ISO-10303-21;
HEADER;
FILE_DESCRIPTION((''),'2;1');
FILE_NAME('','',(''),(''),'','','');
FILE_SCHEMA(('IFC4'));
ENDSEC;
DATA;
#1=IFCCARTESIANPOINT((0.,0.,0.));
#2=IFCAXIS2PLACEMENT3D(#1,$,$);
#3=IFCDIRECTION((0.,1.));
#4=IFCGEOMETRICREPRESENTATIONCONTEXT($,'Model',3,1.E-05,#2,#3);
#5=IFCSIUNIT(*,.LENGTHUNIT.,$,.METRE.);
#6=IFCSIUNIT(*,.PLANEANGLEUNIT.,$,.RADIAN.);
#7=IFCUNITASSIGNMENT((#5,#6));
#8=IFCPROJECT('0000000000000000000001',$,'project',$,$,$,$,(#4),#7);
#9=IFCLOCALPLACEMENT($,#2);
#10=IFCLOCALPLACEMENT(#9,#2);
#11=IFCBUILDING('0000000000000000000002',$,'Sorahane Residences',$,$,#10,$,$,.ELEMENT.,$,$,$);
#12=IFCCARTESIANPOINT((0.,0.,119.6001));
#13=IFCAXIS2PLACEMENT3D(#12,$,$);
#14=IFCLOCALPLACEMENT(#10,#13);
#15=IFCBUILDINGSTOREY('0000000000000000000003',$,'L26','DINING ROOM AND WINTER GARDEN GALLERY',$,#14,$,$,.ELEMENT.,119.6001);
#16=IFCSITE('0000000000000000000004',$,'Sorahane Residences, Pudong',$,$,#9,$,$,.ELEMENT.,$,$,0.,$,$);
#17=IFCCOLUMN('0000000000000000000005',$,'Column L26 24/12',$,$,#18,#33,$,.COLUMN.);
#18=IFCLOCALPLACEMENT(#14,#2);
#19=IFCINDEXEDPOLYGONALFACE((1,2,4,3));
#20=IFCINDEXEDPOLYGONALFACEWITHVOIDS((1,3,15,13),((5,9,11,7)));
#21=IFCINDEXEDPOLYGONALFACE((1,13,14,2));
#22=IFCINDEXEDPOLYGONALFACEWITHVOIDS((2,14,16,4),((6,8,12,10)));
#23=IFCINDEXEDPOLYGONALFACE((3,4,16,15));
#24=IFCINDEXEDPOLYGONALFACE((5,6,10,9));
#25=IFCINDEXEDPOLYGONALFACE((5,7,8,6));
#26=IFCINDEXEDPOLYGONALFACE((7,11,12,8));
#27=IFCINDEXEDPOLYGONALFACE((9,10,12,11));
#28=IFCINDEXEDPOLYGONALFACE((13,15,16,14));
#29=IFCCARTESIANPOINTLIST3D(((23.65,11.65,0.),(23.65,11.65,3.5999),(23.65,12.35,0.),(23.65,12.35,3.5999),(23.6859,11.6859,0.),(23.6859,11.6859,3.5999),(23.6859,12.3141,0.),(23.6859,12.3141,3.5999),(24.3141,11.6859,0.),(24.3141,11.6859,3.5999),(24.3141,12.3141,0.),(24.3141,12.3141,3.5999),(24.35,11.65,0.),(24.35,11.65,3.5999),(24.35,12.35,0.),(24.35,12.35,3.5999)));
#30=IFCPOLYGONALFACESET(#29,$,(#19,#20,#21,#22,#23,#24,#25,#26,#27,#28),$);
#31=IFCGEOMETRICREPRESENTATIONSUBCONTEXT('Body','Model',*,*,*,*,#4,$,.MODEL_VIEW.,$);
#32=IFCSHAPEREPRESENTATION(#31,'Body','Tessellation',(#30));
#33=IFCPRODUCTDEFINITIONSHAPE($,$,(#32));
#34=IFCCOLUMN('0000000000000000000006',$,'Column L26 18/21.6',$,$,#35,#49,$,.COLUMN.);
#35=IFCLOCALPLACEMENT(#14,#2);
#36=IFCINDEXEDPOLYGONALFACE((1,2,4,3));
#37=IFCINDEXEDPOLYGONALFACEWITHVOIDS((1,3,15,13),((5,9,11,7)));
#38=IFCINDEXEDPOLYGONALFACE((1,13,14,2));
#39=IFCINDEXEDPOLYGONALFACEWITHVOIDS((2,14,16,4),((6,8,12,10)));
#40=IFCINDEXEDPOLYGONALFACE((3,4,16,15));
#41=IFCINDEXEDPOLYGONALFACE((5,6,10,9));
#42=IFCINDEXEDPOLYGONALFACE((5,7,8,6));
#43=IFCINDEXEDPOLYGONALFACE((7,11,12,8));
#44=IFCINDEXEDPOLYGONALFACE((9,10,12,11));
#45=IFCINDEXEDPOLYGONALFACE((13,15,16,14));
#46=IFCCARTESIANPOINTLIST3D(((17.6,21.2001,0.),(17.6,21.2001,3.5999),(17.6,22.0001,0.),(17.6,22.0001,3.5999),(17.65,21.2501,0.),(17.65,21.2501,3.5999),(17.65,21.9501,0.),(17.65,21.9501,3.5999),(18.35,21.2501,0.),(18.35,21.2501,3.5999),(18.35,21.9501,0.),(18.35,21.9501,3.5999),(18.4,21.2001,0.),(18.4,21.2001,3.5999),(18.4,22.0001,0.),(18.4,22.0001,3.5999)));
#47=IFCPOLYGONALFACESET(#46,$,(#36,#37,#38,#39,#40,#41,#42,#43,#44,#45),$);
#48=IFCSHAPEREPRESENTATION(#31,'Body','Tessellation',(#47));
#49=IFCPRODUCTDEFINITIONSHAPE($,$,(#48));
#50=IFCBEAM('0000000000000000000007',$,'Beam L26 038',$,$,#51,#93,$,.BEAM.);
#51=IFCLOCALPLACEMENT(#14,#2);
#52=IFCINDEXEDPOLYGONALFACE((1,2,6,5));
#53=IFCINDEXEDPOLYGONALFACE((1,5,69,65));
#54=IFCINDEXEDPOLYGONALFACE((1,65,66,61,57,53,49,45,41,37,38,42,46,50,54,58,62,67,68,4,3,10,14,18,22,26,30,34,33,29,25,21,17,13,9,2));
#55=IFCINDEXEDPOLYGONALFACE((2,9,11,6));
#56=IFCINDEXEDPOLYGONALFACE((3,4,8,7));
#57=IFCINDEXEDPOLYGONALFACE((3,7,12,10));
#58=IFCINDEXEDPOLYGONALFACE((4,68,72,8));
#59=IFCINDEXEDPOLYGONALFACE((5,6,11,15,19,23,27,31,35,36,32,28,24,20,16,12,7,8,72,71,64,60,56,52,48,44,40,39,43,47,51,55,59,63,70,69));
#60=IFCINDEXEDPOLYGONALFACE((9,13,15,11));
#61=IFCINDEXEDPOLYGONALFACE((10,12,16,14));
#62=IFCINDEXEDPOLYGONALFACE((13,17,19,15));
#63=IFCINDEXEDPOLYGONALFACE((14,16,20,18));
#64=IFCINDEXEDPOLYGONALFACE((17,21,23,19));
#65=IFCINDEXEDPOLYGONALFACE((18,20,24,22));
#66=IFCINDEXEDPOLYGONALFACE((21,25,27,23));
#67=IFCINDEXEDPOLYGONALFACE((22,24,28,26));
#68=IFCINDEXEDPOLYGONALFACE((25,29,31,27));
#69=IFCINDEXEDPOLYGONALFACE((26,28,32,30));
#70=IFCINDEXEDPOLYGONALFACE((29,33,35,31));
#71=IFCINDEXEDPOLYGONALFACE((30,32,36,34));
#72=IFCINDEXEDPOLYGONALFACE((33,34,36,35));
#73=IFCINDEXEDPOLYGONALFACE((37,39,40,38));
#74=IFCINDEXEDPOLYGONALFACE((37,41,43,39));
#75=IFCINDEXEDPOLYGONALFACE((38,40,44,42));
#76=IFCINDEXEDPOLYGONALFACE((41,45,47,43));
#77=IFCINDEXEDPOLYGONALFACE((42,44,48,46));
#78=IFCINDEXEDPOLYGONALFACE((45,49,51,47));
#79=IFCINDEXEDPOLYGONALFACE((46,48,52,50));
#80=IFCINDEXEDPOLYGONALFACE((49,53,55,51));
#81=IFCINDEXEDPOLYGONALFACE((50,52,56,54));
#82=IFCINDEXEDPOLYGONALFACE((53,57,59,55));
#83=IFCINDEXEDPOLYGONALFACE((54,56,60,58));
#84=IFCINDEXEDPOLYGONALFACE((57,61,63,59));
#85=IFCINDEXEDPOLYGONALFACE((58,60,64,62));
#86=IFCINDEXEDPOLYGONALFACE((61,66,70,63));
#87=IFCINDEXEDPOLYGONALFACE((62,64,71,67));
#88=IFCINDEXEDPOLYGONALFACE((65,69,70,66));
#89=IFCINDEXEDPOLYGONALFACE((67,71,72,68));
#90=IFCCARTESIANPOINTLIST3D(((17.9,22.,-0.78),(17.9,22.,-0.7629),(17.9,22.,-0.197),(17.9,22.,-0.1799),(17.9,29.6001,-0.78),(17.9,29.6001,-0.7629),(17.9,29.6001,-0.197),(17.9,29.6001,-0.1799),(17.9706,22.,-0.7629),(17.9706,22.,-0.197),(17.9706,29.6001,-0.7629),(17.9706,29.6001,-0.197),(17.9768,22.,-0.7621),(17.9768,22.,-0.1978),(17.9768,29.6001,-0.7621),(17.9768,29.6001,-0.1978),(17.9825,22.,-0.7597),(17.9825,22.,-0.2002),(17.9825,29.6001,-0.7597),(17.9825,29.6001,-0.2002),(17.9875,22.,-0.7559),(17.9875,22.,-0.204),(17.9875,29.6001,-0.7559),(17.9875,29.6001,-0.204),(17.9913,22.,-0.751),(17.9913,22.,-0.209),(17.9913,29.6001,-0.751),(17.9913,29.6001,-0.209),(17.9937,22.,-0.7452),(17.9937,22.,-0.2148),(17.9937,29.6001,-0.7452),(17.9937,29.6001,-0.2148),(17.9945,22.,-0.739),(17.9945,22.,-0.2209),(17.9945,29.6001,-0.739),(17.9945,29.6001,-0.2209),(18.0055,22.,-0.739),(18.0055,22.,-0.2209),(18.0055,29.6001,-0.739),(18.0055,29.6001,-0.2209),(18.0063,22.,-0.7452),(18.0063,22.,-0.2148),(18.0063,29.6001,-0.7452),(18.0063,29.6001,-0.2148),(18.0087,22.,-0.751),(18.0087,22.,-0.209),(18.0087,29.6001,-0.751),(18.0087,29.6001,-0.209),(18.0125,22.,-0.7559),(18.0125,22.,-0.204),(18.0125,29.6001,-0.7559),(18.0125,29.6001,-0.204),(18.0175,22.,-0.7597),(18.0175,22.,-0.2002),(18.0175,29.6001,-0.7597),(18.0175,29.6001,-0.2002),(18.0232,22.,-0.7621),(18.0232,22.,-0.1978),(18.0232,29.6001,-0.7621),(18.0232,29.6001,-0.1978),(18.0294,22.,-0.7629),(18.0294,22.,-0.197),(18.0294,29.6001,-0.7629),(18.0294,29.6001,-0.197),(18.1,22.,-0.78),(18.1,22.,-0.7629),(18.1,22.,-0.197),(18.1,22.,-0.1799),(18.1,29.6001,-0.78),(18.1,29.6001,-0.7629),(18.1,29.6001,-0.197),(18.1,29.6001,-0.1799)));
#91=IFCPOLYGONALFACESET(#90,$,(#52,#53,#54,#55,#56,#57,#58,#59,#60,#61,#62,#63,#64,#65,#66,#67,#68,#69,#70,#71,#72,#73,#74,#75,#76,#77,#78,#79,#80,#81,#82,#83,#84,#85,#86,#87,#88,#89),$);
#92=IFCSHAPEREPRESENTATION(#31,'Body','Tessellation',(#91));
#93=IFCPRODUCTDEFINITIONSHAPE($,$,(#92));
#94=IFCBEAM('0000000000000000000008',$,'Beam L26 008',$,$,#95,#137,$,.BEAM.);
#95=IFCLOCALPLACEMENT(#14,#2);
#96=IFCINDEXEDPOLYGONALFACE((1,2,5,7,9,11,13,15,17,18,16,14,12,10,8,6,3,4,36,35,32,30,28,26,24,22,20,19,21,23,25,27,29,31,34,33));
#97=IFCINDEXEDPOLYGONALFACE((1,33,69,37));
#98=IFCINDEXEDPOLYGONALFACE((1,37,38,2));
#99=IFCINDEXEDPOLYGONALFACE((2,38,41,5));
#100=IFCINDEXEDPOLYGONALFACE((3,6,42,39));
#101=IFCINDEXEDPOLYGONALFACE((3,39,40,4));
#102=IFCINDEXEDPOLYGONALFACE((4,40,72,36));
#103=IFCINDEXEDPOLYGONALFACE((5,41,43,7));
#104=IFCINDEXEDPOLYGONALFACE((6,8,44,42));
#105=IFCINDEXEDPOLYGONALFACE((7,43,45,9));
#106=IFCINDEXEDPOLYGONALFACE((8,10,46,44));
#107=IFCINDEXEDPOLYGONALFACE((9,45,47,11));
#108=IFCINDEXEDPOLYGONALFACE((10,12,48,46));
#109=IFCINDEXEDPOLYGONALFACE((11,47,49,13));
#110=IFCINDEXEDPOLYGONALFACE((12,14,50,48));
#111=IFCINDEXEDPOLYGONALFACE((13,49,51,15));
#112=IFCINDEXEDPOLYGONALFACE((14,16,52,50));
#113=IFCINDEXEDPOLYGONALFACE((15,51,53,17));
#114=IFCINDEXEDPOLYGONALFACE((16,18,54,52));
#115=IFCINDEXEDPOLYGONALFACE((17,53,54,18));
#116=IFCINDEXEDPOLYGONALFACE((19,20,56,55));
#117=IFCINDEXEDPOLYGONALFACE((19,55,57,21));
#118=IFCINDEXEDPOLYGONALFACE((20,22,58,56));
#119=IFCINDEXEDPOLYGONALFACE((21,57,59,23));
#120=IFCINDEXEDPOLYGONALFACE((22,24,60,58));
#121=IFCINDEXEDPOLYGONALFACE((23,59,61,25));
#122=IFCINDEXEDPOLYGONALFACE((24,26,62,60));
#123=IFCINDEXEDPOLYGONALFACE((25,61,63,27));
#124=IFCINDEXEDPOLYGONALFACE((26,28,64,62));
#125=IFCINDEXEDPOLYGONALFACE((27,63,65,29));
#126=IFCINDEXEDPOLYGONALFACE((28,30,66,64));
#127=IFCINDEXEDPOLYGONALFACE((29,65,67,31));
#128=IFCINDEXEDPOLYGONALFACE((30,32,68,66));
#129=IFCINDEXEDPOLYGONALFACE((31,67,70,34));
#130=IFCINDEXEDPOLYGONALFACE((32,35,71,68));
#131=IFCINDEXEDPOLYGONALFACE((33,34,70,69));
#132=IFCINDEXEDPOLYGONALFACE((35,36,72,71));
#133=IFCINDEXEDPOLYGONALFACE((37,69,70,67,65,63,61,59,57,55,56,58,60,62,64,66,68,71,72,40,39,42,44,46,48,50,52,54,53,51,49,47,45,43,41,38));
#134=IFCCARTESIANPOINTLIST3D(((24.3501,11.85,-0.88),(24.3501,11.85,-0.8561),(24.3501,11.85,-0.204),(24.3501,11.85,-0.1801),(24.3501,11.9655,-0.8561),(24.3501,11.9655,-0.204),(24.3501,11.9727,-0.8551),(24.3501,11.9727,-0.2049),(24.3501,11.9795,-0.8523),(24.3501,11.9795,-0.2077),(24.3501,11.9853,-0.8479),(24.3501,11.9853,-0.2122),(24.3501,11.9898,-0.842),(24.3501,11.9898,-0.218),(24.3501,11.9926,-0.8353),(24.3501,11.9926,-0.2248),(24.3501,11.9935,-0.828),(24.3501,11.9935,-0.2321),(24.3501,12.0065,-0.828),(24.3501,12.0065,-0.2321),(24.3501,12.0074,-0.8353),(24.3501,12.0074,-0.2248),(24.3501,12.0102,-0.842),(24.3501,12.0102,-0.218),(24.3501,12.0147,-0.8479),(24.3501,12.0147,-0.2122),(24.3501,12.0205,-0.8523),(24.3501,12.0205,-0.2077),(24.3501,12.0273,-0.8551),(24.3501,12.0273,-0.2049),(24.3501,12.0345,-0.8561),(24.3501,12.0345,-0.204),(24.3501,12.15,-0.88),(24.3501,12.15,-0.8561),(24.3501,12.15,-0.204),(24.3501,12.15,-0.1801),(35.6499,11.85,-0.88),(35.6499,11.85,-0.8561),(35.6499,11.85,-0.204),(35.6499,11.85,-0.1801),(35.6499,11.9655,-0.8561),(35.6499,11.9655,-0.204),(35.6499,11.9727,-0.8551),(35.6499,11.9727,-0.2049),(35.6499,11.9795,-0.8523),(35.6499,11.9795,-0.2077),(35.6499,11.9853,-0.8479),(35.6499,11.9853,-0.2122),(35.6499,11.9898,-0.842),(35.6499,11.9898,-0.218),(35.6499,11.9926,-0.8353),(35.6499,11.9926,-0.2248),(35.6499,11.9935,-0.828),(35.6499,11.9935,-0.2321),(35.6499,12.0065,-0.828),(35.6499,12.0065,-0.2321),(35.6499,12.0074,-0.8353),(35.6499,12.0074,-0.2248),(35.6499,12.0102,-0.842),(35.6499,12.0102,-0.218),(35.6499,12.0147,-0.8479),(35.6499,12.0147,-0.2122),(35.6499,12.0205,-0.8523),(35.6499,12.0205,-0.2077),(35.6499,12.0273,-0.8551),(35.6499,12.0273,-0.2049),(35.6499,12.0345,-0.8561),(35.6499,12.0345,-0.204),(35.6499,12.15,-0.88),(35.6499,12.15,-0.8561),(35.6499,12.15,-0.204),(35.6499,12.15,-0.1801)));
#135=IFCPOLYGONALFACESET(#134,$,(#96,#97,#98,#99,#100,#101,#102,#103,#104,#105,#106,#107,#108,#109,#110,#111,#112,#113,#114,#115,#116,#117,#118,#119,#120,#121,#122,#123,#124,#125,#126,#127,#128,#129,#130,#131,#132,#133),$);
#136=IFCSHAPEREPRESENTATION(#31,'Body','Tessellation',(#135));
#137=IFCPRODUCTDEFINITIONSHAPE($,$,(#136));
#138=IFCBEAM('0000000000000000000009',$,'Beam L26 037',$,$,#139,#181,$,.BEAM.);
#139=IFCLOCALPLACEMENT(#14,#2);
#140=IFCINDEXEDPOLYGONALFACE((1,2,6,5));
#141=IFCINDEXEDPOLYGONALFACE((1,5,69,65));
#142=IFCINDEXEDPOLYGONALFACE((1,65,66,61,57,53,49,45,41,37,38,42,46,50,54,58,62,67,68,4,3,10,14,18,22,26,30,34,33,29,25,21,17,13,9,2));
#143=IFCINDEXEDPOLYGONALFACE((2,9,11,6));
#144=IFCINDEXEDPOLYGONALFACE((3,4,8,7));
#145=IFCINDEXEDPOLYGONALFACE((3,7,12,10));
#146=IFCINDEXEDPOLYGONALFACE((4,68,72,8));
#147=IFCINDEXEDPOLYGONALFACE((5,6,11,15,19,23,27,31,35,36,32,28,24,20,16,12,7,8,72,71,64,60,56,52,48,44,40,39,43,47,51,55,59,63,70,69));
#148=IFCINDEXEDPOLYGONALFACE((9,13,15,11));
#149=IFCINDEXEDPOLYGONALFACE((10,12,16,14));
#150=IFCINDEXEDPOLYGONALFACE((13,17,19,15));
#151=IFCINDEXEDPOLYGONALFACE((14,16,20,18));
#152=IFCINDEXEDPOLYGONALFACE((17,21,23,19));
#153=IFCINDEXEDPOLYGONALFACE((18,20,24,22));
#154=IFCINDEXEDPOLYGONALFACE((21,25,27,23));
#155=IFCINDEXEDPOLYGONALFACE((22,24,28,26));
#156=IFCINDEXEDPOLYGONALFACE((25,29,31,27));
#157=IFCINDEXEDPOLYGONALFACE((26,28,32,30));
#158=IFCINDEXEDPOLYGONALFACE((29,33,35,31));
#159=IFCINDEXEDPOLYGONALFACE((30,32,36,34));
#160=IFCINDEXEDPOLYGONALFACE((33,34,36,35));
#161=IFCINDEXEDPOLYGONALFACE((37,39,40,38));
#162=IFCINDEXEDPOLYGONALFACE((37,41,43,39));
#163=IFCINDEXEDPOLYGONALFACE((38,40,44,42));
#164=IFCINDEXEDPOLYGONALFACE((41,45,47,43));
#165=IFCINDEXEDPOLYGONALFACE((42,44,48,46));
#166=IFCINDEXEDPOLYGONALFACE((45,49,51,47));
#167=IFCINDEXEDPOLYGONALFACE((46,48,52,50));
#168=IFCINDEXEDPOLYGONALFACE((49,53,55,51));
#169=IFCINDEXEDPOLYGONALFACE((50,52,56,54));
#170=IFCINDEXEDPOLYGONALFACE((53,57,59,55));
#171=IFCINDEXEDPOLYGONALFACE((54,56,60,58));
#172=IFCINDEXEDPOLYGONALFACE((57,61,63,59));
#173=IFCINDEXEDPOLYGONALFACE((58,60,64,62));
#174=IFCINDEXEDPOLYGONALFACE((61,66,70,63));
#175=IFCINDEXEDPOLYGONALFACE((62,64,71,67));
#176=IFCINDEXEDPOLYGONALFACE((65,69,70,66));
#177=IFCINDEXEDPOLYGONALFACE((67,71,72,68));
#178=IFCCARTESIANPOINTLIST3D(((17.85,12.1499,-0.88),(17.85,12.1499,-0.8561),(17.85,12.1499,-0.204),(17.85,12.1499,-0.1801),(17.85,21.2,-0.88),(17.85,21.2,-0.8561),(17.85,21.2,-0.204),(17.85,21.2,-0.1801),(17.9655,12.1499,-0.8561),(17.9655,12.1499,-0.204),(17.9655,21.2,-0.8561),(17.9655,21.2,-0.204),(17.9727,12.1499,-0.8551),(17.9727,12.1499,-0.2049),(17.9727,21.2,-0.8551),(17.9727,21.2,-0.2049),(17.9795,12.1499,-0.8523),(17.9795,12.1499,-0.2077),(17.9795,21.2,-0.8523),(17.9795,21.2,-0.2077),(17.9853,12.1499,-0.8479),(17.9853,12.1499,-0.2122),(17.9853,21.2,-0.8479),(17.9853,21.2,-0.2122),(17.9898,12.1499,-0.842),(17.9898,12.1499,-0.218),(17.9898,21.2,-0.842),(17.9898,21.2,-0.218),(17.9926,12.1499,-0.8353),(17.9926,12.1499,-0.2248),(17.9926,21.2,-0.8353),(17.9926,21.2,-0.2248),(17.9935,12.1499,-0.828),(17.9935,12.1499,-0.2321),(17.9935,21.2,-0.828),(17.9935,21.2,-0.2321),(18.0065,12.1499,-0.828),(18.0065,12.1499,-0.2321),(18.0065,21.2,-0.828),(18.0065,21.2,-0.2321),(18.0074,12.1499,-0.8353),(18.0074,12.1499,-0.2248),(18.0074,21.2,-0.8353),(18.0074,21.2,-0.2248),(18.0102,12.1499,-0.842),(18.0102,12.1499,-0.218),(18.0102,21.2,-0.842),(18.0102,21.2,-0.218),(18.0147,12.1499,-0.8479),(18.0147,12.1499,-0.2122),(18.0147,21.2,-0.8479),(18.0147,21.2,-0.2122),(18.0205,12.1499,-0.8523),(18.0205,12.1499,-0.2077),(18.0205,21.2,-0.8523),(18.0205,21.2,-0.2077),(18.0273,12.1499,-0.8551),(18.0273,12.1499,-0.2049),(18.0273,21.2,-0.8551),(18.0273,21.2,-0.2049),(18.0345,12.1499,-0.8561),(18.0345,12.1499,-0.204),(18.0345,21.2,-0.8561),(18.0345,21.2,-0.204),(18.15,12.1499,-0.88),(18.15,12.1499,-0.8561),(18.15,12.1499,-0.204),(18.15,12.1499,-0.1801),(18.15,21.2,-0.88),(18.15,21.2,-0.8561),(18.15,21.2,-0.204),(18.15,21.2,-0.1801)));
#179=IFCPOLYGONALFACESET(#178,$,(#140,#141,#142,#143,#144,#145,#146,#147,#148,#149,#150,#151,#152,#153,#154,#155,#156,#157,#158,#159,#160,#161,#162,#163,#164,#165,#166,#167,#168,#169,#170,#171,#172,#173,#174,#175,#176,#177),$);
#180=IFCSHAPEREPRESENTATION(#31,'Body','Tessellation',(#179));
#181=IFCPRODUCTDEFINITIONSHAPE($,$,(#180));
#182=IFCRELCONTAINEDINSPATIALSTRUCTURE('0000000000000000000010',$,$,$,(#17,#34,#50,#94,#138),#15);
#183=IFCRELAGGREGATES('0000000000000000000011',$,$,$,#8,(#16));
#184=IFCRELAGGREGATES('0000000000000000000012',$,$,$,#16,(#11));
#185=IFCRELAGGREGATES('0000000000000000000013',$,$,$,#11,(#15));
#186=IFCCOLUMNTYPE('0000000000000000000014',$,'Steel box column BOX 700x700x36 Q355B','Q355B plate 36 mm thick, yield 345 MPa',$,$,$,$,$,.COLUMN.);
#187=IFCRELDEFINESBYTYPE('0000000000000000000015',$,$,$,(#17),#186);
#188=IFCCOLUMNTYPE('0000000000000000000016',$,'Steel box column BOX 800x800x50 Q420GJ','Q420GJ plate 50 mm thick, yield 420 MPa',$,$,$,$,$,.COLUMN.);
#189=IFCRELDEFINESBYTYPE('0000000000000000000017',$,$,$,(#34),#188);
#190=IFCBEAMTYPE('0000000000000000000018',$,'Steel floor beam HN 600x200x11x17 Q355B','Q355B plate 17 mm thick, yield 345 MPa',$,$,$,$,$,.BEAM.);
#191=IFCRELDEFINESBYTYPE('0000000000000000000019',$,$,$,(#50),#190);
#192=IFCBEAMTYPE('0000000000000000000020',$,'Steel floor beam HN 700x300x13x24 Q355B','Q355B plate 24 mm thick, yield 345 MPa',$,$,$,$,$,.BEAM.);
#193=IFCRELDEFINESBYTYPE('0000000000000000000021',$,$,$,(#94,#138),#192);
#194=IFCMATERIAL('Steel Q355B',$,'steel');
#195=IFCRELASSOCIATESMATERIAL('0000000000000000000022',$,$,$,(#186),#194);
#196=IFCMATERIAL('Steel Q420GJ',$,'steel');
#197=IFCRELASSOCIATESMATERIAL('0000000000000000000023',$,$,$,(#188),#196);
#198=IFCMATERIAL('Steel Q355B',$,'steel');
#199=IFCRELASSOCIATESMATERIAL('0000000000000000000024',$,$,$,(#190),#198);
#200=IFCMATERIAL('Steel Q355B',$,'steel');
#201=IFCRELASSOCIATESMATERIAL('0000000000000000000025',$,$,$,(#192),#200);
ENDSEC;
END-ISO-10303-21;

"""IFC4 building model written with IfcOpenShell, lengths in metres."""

from ifc_helpers import new_model, si_unit, direction, frame, origin, origin_2d, place, context, subcontext, project, spatial, hollow_rectangle, i_section, extrude, material, material_profile, profile_set, type_object, element, save


model = new_model("IFC4")

# Units and contexts
model_context = context("Model", 3, precision=1e-05, world=origin(), true_north=direction((0.0, 1.0)))
body_context = subcontext(model_context, "Body", "Model", "MODEL_VIEW")
ifc_project = project(units=[si_unit("LENGTHUNIT", "METRE"), si_unit("PLANEANGLEUNIT", "RADIAN")], contexts=[model_context])

# Site, building, storey
site_placement = place(None, origin())
site = spatial("IfcSite", under=ifc_project, at=site_placement, Name="Sorahane Residences, Pudong", CompositionType="ELEMENT", RefElevation=0.0)
building_placement = place(site_placement, origin())
building = spatial("IfcBuilding", under=site, at=building_placement, Name="Sorahane Residences", CompositionType="ELEMENT")
storey_placement = place(building_placement, frame((0.0, 0.0, 119.6001)))
storey = spatial("IfcBuildingStorey", under=building, at=storey_placement, Name="L26", Description="DINING ROOM AND WINTER GARDEN GALLERY", CompositionType="ELEMENT", Elevation=119.6001)

# Columns
ifc_material_1 = material(Name="Steel Q355B", Category="steel")
ifc_material_profile_1 = material_profile(ifc_material_1, hollow_rectangle(XDim=0.7, YDim=0.7, WallThickness=0.0359, at=origin_2d()), Name="BOX 700x700x36")
ifc_profile_set_1 = profile_set([ifc_material_profile_1], Name="Steel Q355B")
column_type_1 = type_object("IfcColumnType", Name="Steel box column BOX 700x700x36 Q355B", Description="Q355B plate 36 mm thick, yield 345 MPa", PredefinedType="COLUMN", material=ifc_profile_set_1)
column_1_placement = place(storey_placement, frame((24.0, 12.0, 0.0), z_axis=(0.0, 0.0, 1.0), x_axis=(1.0, 0.0, 0.0)))
element("IfcColumn", 1, at=column_1_placement, inside=storey, type_object=column_type_1, Name="Column L26 24/12", PredefinedType="COLUMN", context=body_context, shape_type="SweptSolid", body=[
    extrude(hollow_rectangle(XDim=0.7, YDim=0.7, WallThickness=0.0359, at=origin_2d()), origin(), (0.0, 0.0, 1.0), 3.5999),
])
ifc_material_2 = material(Name="Steel Q420GJ", Category="steel")
ifc_material_profile_2 = material_profile(ifc_material_2, hollow_rectangle(XDim=0.8, YDim=0.8, WallThickness=0.05, at=origin_2d()), Name="BOX 800x800x50")
ifc_profile_set_2 = profile_set([ifc_material_profile_2], Name="Steel Q420GJ")
column_type_2 = type_object("IfcColumnType", Name="Steel box column BOX 800x800x50 Q420GJ", Description="Q420GJ plate 50 mm thick, yield 420 MPa", PredefinedType="COLUMN", material=ifc_profile_set_2)
column_2_placement = place(storey_placement, frame((18.0, 21.6001, 0.0), z_axis=(0.0, 0.0, 1.0), x_axis=(1.0, 0.0, 0.0)))
element("IfcColumn", 2, at=column_2_placement, inside=storey, type_object=column_type_2, Name="Column L26 18/21.6", PredefinedType="COLUMN", context=body_context, shape_type="SweptSolid", body=[
    extrude(hollow_rectangle(XDim=0.8, YDim=0.8, WallThickness=0.05, at=origin_2d()), origin(), (0.0, 0.0, 1.0), 3.5999),
])

# Beams
ifc_material_3 = material(Name="Steel Q355B", Category="steel")
ifc_material_profile_3 = material_profile(ifc_material_3, i_section(OverallWidth=0.2, OverallDepth=0.6001, WebThickness=0.011, FlangeThickness=0.0171, FilletRadius=0.0239, at=origin_2d()), Name="HN 600x200x11x17")
ifc_profile_set_3 = profile_set([ifc_material_profile_3], Name="Steel Q355B")
beam_type_1 = type_object("IfcBeamType", Name="Steel floor beam HN 600x200x11x17 Q355B", Description="Q355B plate 17 mm thick, yield 345 MPa", PredefinedType="BEAM", material=ifc_profile_set_3)
beam_1_placement = place(storey_placement, frame((18.0, 22.0, -0.48), z_axis=(0.0, 1.0, 0.0), x_axis=(-1.0, 0.0, 0.0)))
element("IfcBeam", 3, at=beam_1_placement, inside=storey, type_object=beam_type_1, Name="Beam L26 038", PredefinedType="BEAM", context=body_context, shape_type="SweptSolid", body=[
    extrude(i_section(OverallWidth=0.2, OverallDepth=0.6001, WebThickness=0.011, FlangeThickness=0.0171, FilletRadius=0.0239, at=origin_2d()), origin(), (0.0, 0.0, 1.0), 7.6001),
])
ifc_material_4 = material(Name="Steel Q355B", Category="steel")
ifc_material_profile_4 = material_profile(ifc_material_4, i_section(OverallWidth=0.3, OverallDepth=0.7, WebThickness=0.0129, FlangeThickness=0.0239, FilletRadius=0.0281, at=origin_2d()), Name="HN 700x300x13x24")
ifc_profile_set_4 = profile_set([ifc_material_profile_4], Name="Steel Q355B")
beam_type_2 = type_object("IfcBeamType", Name="Steel floor beam HN 700x300x13x24 Q355B", Description="Q355B plate 24 mm thick, yield 345 MPa", PredefinedType="BEAM", material=ifc_profile_set_4)
beam_2_placement = place(storey_placement, frame((24.3501, 12.0, -0.53), z_axis=(1.0, 0.0, 0.0), x_axis=(0.0, 1.0, 0.0)))
element("IfcBeam", 4, at=beam_2_placement, inside=storey, type_object=beam_type_2, Name="Beam L26 008", PredefinedType="BEAM", context=body_context, shape_type="SweptSolid", body=[
    extrude(i_section(OverallWidth=0.3, OverallDepth=0.7, WebThickness=0.0129, FlangeThickness=0.0239, FilletRadius=0.0281, at=origin_2d()), origin(), (0.0, 0.0, 1.0), 11.2998),
])
beam_3_placement = place(storey_placement, frame((18.0, 12.1499, -0.53), z_axis=(0.0, 1.0, 0.0), x_axis=(-1.0, 0.0, 0.0)))
element("IfcBeam", 5, at=beam_3_placement, inside=storey, type_object=beam_type_2, Name="Beam L26 037", PredefinedType="BEAM", context=body_context, shape_type="SweptSolid", body=[
    extrude(i_section(OverallWidth=0.3, OverallDepth=0.7, WebThickness=0.0129, FlangeThickness=0.0239, FilletRadius=0.0281, at=origin_2d()), origin(), (0.0, 0.0, 1.0), 9.05),
])

save(model, "model.ifc")
